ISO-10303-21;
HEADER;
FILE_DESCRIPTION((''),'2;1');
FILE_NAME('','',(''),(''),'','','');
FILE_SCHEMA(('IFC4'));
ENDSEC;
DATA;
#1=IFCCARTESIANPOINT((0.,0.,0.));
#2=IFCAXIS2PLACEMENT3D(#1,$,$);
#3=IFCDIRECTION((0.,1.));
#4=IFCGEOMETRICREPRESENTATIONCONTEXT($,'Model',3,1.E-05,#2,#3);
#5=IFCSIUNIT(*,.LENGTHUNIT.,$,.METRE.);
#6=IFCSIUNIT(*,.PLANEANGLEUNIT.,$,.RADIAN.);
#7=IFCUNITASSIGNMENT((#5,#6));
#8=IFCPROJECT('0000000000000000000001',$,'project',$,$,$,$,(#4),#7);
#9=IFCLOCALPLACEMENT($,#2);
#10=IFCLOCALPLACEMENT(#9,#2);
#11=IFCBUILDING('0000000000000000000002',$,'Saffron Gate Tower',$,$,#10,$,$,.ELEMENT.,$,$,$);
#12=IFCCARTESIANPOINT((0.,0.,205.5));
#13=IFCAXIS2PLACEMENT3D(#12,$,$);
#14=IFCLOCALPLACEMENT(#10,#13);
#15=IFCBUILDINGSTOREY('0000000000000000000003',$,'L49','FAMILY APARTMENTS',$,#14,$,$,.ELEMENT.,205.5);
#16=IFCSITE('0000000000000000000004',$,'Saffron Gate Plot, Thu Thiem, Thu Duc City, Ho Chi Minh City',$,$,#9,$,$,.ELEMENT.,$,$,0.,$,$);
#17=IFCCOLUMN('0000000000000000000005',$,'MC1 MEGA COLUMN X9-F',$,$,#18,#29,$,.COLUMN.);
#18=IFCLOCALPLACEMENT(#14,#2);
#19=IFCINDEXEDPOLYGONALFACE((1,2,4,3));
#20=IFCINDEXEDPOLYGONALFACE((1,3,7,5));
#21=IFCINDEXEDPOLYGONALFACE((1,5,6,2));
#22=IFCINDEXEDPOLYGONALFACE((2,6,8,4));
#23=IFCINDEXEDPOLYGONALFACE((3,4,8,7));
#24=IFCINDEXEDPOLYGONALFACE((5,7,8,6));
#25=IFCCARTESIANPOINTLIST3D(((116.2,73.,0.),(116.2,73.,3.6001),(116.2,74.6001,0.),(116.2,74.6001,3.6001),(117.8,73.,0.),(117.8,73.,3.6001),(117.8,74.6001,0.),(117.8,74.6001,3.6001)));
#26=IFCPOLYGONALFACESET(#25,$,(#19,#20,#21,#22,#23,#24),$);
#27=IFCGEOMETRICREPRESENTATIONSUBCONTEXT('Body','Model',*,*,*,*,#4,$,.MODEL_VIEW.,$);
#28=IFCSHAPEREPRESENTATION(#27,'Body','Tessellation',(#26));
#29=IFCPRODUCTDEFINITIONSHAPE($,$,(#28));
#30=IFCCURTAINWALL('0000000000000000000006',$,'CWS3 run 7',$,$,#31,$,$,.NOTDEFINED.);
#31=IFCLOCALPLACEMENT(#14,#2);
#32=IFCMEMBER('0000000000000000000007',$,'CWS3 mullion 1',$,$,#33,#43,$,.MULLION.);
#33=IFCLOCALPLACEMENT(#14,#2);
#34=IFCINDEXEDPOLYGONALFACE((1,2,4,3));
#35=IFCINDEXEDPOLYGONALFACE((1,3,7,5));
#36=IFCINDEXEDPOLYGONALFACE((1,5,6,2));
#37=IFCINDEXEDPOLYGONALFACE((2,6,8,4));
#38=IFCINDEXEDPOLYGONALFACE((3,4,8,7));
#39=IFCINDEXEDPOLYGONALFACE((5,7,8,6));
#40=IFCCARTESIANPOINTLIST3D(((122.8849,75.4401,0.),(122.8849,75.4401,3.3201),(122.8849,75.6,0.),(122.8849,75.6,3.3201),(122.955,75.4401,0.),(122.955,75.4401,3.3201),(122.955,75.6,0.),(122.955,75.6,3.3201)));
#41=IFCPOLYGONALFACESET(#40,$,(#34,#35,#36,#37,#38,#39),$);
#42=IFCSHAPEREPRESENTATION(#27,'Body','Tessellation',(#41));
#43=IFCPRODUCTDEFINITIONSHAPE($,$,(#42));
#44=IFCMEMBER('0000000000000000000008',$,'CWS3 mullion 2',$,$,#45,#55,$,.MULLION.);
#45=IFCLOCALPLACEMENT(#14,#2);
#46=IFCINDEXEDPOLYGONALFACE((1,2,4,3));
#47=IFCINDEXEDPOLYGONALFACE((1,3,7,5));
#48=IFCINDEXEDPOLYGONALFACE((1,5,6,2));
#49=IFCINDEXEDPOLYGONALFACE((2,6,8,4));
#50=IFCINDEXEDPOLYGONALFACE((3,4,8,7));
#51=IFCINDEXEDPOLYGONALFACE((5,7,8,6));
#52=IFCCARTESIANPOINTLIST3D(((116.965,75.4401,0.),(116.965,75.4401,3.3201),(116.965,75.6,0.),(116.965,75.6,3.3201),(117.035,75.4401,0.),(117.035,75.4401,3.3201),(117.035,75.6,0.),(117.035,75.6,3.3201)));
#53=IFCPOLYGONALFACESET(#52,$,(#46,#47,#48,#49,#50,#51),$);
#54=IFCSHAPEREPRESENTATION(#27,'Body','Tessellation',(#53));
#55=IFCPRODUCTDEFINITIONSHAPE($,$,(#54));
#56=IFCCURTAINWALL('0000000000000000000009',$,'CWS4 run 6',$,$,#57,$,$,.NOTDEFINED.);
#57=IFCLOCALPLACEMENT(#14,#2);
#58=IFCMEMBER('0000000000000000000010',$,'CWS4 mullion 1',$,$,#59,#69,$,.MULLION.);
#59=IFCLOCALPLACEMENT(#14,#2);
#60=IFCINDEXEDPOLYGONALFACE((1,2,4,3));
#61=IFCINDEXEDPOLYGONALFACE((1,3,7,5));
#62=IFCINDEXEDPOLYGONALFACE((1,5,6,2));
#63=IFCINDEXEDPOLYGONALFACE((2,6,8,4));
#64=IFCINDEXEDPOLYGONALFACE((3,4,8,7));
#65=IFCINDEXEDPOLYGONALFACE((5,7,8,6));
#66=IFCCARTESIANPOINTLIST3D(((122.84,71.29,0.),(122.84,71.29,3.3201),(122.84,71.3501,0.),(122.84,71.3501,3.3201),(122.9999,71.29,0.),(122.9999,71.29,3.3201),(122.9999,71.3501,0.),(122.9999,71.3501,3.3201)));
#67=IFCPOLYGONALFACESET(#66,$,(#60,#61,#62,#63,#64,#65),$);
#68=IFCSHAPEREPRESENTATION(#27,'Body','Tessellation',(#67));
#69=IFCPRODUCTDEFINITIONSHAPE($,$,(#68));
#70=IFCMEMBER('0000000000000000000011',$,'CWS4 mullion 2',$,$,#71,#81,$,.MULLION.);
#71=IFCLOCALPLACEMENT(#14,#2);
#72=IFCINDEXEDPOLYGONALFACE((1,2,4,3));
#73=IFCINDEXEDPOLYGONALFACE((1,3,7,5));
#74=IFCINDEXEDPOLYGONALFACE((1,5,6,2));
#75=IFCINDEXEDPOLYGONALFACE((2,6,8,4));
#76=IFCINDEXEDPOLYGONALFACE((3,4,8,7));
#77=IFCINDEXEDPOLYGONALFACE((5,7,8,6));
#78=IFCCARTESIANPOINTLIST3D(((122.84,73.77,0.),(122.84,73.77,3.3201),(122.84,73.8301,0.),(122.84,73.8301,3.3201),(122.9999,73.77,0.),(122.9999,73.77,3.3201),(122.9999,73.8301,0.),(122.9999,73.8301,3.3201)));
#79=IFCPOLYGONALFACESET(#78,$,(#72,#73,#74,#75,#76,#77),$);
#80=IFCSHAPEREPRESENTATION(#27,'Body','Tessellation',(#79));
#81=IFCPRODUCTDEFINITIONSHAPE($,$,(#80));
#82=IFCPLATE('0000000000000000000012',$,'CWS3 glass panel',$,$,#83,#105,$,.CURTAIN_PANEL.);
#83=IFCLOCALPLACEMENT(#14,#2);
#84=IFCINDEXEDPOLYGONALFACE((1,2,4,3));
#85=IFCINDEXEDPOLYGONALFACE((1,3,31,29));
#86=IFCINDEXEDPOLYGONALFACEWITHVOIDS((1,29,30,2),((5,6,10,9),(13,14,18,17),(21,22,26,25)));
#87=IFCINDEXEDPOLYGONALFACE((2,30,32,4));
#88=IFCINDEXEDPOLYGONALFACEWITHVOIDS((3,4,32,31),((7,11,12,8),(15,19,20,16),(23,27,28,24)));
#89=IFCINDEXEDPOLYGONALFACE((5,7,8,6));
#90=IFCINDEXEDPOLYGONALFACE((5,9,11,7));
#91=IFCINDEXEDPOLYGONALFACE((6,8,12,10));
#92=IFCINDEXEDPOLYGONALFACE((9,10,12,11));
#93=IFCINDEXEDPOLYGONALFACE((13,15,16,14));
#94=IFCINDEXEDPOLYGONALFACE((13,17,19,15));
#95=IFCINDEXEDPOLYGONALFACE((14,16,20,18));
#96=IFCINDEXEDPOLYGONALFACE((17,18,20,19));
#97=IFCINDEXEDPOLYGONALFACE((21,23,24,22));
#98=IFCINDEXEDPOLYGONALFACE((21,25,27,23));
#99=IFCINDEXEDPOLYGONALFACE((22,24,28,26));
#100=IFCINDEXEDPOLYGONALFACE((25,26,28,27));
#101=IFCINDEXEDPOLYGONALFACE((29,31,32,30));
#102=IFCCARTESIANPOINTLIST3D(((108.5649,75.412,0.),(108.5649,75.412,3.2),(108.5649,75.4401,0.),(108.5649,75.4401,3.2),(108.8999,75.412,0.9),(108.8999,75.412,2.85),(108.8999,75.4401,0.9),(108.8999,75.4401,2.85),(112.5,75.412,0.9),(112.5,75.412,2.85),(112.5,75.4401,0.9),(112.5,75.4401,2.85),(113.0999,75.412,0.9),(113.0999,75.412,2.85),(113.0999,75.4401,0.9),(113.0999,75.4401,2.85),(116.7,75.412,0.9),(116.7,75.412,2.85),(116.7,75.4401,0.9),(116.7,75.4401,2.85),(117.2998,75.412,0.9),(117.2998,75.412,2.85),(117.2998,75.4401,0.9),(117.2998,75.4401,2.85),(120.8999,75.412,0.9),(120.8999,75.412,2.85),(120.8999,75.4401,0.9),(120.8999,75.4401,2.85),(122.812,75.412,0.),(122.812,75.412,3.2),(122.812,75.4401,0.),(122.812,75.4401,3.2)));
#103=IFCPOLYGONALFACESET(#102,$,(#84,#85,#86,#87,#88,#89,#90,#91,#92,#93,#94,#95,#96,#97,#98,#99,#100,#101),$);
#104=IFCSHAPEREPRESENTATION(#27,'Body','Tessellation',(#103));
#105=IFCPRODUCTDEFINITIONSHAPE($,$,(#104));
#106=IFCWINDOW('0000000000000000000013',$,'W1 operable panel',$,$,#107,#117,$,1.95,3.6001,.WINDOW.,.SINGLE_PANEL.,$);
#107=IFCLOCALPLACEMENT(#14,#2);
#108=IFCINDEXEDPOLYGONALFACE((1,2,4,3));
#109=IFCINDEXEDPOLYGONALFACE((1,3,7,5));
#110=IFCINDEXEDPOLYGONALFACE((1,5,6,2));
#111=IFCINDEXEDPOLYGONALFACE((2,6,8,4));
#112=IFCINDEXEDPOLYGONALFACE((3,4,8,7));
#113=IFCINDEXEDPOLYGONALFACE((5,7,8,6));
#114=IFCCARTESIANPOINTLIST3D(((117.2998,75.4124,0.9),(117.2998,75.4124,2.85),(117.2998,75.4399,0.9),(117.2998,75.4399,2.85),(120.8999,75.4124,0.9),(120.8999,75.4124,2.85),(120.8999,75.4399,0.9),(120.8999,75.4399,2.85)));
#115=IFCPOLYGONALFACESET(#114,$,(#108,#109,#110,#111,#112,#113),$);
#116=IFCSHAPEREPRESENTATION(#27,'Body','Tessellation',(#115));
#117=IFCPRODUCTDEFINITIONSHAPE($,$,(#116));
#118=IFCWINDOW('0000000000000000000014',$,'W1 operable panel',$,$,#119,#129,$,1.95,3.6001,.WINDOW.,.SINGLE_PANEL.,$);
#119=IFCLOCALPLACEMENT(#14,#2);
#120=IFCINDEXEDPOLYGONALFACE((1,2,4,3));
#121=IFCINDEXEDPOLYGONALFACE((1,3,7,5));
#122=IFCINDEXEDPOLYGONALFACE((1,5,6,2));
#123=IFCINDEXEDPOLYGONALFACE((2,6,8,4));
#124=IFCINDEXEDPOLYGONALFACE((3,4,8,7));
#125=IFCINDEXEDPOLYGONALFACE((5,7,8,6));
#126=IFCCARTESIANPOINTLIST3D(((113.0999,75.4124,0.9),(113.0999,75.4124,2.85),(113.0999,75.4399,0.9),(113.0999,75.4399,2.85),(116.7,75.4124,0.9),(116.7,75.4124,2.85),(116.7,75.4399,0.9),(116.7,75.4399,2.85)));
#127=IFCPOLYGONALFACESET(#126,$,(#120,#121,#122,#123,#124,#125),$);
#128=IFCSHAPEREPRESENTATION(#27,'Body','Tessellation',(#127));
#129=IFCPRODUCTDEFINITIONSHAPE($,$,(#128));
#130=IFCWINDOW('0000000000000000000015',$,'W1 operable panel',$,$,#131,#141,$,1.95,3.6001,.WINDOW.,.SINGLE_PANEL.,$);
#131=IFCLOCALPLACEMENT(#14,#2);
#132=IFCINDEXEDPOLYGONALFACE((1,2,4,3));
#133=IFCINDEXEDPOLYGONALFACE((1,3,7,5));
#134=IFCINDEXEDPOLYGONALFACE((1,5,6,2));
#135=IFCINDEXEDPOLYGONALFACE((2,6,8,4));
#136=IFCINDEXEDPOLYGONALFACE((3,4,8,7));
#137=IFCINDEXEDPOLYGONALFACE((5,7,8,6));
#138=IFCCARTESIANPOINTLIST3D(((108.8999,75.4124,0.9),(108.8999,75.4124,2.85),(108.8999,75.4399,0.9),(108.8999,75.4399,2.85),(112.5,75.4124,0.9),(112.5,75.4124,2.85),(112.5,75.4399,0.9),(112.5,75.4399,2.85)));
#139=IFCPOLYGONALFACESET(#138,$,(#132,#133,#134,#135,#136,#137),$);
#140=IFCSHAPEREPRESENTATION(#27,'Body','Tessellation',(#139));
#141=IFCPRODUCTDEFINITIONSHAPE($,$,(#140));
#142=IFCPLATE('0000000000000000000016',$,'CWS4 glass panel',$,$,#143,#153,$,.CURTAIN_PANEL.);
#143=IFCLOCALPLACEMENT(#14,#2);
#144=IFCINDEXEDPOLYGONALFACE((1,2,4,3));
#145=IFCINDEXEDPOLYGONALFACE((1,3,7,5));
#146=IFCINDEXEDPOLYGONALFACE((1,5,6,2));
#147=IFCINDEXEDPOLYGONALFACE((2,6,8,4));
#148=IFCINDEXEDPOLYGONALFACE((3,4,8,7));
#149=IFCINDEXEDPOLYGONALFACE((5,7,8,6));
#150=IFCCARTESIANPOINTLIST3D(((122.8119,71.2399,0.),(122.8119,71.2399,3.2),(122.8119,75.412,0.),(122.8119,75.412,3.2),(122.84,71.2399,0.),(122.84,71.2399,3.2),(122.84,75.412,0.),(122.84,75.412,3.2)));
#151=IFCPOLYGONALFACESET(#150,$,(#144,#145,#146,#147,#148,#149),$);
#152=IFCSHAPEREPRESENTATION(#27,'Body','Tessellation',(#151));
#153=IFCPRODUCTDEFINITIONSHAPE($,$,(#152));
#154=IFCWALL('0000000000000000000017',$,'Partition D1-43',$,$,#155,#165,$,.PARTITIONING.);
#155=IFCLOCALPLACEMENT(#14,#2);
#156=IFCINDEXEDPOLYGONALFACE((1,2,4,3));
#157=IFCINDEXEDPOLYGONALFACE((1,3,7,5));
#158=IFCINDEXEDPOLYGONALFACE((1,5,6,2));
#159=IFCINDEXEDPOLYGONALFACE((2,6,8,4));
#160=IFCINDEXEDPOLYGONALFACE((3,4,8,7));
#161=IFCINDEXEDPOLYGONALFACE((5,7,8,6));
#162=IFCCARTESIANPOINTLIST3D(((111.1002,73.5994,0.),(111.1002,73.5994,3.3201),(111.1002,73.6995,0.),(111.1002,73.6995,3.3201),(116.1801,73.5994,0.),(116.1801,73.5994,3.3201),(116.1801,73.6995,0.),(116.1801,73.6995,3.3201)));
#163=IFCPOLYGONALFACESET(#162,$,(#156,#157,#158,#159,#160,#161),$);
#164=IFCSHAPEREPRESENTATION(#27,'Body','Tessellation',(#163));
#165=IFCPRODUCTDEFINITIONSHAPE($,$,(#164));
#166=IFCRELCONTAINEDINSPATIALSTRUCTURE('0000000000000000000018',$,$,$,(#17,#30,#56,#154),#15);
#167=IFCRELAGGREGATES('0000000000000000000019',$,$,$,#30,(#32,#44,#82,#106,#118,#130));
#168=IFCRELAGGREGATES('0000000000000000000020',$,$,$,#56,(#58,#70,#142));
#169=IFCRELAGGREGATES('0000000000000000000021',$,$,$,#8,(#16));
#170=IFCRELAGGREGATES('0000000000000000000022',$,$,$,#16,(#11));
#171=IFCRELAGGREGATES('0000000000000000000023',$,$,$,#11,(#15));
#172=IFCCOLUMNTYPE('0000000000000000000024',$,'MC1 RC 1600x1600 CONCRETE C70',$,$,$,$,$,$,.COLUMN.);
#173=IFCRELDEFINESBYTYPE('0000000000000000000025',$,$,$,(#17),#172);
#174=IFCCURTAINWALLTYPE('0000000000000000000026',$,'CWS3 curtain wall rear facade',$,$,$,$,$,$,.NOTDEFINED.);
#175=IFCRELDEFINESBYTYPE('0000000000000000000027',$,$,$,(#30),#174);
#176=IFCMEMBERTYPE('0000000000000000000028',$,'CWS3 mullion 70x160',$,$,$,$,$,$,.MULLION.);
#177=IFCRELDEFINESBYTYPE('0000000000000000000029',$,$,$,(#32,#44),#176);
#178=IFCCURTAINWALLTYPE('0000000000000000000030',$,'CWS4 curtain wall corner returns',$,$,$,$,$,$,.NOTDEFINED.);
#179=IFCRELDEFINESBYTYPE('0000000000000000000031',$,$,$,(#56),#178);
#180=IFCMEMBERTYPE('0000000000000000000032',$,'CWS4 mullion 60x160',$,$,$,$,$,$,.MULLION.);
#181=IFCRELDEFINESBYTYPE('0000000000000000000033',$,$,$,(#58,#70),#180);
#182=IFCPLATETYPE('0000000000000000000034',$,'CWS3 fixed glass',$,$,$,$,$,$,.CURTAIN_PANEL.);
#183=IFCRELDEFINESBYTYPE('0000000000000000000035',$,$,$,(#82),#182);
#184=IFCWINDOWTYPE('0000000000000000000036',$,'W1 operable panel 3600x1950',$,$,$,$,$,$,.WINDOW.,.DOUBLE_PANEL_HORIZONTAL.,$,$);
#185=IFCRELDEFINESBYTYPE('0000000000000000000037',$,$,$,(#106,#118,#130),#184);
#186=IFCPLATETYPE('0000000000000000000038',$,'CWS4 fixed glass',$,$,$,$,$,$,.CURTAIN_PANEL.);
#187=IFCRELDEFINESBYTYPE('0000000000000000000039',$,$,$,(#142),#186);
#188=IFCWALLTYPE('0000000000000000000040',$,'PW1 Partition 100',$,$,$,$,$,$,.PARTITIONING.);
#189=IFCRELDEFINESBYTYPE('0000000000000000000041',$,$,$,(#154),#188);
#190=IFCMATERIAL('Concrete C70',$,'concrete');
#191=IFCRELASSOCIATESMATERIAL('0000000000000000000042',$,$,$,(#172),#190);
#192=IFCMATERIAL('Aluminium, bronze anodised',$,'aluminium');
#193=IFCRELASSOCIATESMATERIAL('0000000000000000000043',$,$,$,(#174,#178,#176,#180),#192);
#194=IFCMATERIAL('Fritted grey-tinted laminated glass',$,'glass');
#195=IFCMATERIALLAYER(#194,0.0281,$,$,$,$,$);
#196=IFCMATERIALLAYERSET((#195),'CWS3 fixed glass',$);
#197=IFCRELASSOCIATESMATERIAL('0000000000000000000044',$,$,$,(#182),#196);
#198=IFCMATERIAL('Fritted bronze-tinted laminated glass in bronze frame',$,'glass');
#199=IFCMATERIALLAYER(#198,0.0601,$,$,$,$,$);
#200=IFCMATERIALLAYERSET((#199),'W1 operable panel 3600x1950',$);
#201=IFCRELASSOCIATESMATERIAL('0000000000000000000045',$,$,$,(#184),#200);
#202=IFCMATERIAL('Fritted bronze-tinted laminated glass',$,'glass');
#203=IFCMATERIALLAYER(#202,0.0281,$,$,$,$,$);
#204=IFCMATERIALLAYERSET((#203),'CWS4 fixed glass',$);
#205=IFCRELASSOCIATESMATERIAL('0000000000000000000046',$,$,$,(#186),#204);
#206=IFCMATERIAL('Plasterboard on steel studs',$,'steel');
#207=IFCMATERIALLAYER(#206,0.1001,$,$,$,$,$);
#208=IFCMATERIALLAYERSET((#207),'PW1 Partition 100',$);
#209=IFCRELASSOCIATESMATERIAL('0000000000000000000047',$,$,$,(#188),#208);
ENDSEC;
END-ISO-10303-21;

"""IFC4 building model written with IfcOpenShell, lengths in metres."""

from ifc_helpers import new_model, si_unit, direction, frame, frame_2d, origin, origin_2d, place, context, subcontext, project, spatial, rectangle, extrude, material, layer, layer_set, material_profile, profile_set, type_object, element, fill, aggregate, save


model = new_model("IFC4")

# Units and contexts
model_context = context("Model", 3, precision=1e-05, world=origin(), true_north=direction((0.0, 1.0)))
body_context = subcontext(model_context, "Body", "Model", "MODEL_VIEW")
ifc_project = project(units=[si_unit("LENGTHUNIT", "METRE"), si_unit("PLANEANGLEUNIT", "RADIAN")], contexts=[model_context])

# Site, building, storey
site_placement = place(None, origin())
site = spatial("IfcSite", under=ifc_project, at=site_placement, Name="Saffron Gate Plot, Thu Thiem, Thu Duc City, Ho Chi Minh City", CompositionType="ELEMENT", RefElevation=0.0)
building_placement = place(site_placement, origin())
building = spatial("IfcBuilding", under=site, at=building_placement, Name="Saffron Gate Tower", CompositionType="ELEMENT")
storey_placement = place(building_placement, frame((0.0, 0.0, 205.5)))
storey = spatial("IfcBuildingStorey", under=building, at=storey_placement, Name="L49", Description="FAMILY APARTMENTS", CompositionType="ELEMENT", Elevation=205.5)

# Column
ifc_material_1 = material(Name="Concrete C70", Category="concrete")
ifc_material_profile_1 = material_profile(ifc_material_1, rectangle(XDim=1.6001, YDim=1.6001, at=origin_2d()))
ifc_profile_set_1 = profile_set([ifc_material_profile_1], Name="Concrete C70")
column_type = type_object("IfcColumnType", Name="MC1 RC 1600x1600 CONCRETE C70", PredefinedType="COLUMN", material=ifc_profile_set_1)
column_placement = place(storey_placement, frame((117.0, 73.8, 0.0), z_axis=(0.0, 0.0, 1.0), x_axis=(1.0, 0.0, 0.0)))
element("IfcColumn", 1, at=column_placement, inside=storey, type_object=column_type, Name="MC1 MEGA COLUMN X9-F", PredefinedType="COLUMN", context=body_context, shape_type="SweptSolid", body=[
    extrude(rectangle(XDim=1.6001, YDim=1.6001, at=origin_2d()), origin(), (0.0, 0.0, 1.0), 3.6001),
])

# Curtain walls, members
ifc_material_2 = material(Name="Aluminium, bronze anodised", Category="aluminium")
curtain_wall_type_1 = type_object("IfcCurtainWallType", Name="CWS3 curtain wall rear facade", PredefinedType="NOTDEFINED", material=ifc_material_2)
curtain_wall_1_placement = place(storey_placement, origin())
curtain_wall_1 = element("IfcCurtainWall", 2, at=curtain_wall_1_placement, inside=storey, type_object=curtain_wall_type_1, Name="CWS3 run 7", PredefinedType="NOTDEFINED")
ifc_material_profile_2 = material_profile(ifc_material_2, rectangle(XDim=0.1599, YDim=0.0701, at=origin_2d()))
ifc_profile_set_2 = profile_set([ifc_material_profile_2], Name="Aluminium, bronze anodised")
member_type_1 = type_object("IfcMemberType", Name="CWS3 mullion 70x160", PredefinedType="MULLION", material=ifc_profile_set_2)
member_1_placement = place(storey_placement, frame((122.9199, 75.52, 0.0), z_axis=(0.0, 0.0, 1.0), x_axis=(0.0, -1.0, 0.0)))
member_1 = element("IfcMember", 3, at=member_1_placement, type_object=member_type_1, Name="CWS3 mullion 1", PredefinedType="MULLION", context=body_context, shape_type="SweptSolid", body=[
    extrude(rectangle(XDim=0.1599, YDim=0.0701, at=origin_2d()), origin(), (0.0, 0.0, 1.0), 3.3201),
])
member_2_placement = place(storey_placement, frame((117.0, 75.52, 0.0), z_axis=(0.0, 0.0, 1.0), x_axis=(0.0, -1.0, 0.0)))
member_2 = element("IfcMember", 4, at=member_2_placement, type_object=member_type_1, Name="CWS3 mullion 2", PredefinedType="MULLION", context=body_context, shape_type="SweptSolid", body=[
    extrude(rectangle(XDim=0.1599, YDim=0.0701, at=origin_2d()), origin(), (0.0, 0.0, 1.0), 3.3201),
])
curtain_wall_type_2 = type_object("IfcCurtainWallType", Name="CWS4 curtain wall corner returns", PredefinedType="NOTDEFINED", material=ifc_material_2)
curtain_wall_2_placement = place(storey_placement, origin())
curtain_wall_2 = element("IfcCurtainWall", 5, at=curtain_wall_2_placement, inside=storey, type_object=curtain_wall_type_2, Name="CWS4 run 6", PredefinedType="NOTDEFINED")
ifc_material_profile_3 = material_profile(ifc_material_2, rectangle(XDim=0.1599, YDim=0.0601, at=origin_2d()))
ifc_profile_set_3 = profile_set([ifc_material_profile_3], Name="Aluminium, bronze anodised")
member_type_2 = type_object("IfcMemberType", Name="CWS4 mullion 60x160", PredefinedType="MULLION", material=ifc_profile_set_3)
member_3_placement = place(storey_placement, frame((122.9199, 71.3201, 0.0), z_axis=(0.0, 0.0, 1.0), x_axis=(-1.0, 0.0, 0.0)))
member_3 = element("IfcMember", 6, at=member_3_placement, type_object=member_type_2, Name="CWS4 mullion 1", PredefinedType="MULLION", context=body_context, shape_type="SweptSolid", body=[
    extrude(rectangle(XDim=0.1599, YDim=0.0601, at=origin_2d()), origin(), (0.0, 0.0, 1.0), 3.3201),
])
member_4_placement = place(storey_placement, frame((122.9199, 73.8, 0.0), z_axis=(0.0, 0.0, 1.0), x_axis=(-1.0, 0.0, 0.0)))
member_4 = element("IfcMember", 7, at=member_4_placement, type_object=member_type_2, Name="CWS4 mullion 2", PredefinedType="MULLION", context=body_context, shape_type="SweptSolid", body=[
    extrude(rectangle(XDim=0.1599, YDim=0.0601, at=origin_2d()), origin(), (0.0, 0.0, 1.0), 3.3201),
])

# Plate, openings, windows
ifc_material_3 = material(Name="Fritted grey-tinted laminated glass", Category="glass")
ifc_layer_1 = layer(ifc_material_3, 0.0281)
ifc_layer_set_1 = layer_set([ifc_layer_1], Name="CWS3 fixed glass")
plate_type_1 = type_object("IfcPlateType", Name="CWS3 fixed glass", PredefinedType="CURTAIN_PANEL", material=ifc_layer_set_1)
plate_1_placement = place(storey_placement, frame((122.812, 75.426, 0.0), z_axis=(0.0, 0.0, 1.0), x_axis=(-1.0, 0.0, 0.0)))
plate_1 = element("IfcPlate", 8, at=plate_1_placement, type_object=plate_type_1, Name="CWS3 glass panel", PredefinedType="CURTAIN_PANEL", context=body_context, shape_type="SweptSolid", body=[
    extrude(rectangle(XDim=14.2471, YDim=0.0281, at=frame_2d((7.1235, 0.0))), origin(), (0.0, 0.0, 1.0), 3.2),
])
opening_1_placement = place(plate_1_placement, frame((1.9121, 0.0, 0.8999)))
opening_1 = element("IfcOpeningElement", 9, at=opening_1_placement, cuts=plate_1, PredefinedType="OPENING", context=body_context, shape_type="SweptSolid", body=[
    extrude(rectangle(XDim=3.6001, YDim=1.95, at=frame_2d((1.8, 0.9751))), frame((0.0, 0.0239, 0.0), z_axis=(0.0, -1.0, 0.0), x_axis=(1.0, 0.0, 0.0)), (0.0, 0.0, 1.0), 0.0481),
])
opening_2_placement = place(plate_1_placement, frame((6.1121, 0.0, 0.8999)))
opening_2 = element("IfcOpeningElement", 10, at=opening_2_placement, cuts=plate_1, PredefinedType="OPENING", context=body_context, shape_type="SweptSolid", body=[
    extrude(rectangle(XDim=3.6001, YDim=1.95, at=frame_2d((1.8, 0.9751))), frame((0.0, 0.0239, 0.0), z_axis=(0.0, -1.0, 0.0), x_axis=(1.0, 0.0, 0.0)), (0.0, 0.0, 1.0), 0.0481),
])
opening_3_placement = place(plate_1_placement, frame((10.312, 0.0, 0.8999)))
opening_3 = element("IfcOpeningElement", 11, at=opening_3_placement, cuts=plate_1, PredefinedType="OPENING", context=body_context, shape_type="SweptSolid", body=[
    extrude(rectangle(XDim=3.6001, YDim=1.95, at=frame_2d((1.8, 0.9751))), frame((0.0, 0.0239, 0.0), z_axis=(0.0, -1.0, 0.0), x_axis=(1.0, 0.0, 0.0)), (0.0, 0.0, 1.0), 0.0481),
])
ifc_material_4 = material(Name="Fritted bronze-tinted laminated glass in bronze frame", Category="glass")
ifc_layer_2 = layer(ifc_material_4, 0.0601)
ifc_layer_set_2 = layer_set([ifc_layer_2], Name="W1 operable panel 3600x1950")
window_type = type_object("IfcWindowType", Name="W1 operable panel 3600x1950", PartitioningType="DOUBLE_PANEL_HORIZONTAL", PredefinedType="WINDOW", material=ifc_layer_set_2)
window_1_placement = place(opening_1_placement, origin())
window_1 = element("IfcWindow", 12, at=window_1_placement, type_object=window_type, Name="W1 operable panel", OverallHeight=1.95, OverallWidth=3.6001, PartitioningType="SINGLE_PANEL", PredefinedType="WINDOW", context=body_context, shape_type="SweptSolid", body=[
    extrude(rectangle(XDim=3.6001, YDim=1.95, at=frame_2d((1.8, 0.9751))), frame((0.0, 0.0137, 0.0), z_axis=(0.0, -1.0, 0.0), x_axis=(1.0, 0.0, 0.0)), (0.0, 0.0, 1.0), 0.0276),
])
fill(opening_1, window_1)
window_2_placement = place(opening_2_placement, origin())
window_2 = element("IfcWindow", 13, at=window_2_placement, type_object=window_type, Name="W1 operable panel", OverallHeight=1.95, OverallWidth=3.6001, PartitioningType="SINGLE_PANEL", PredefinedType="WINDOW", context=body_context, shape_type="SweptSolid", body=[
    extrude(rectangle(XDim=3.6001, YDim=1.95, at=frame_2d((1.8, 0.9751))), frame((0.0, 0.0137, 0.0), z_axis=(0.0, -1.0, 0.0), x_axis=(1.0, 0.0, 0.0)), (0.0, 0.0, 1.0), 0.0276),
])
fill(opening_2, window_2)
window_3_placement = place(opening_3_placement, origin())
window_3 = element("IfcWindow", 14, at=window_3_placement, type_object=window_type, Name="W1 operable panel", OverallHeight=1.95, OverallWidth=3.6001, PartitioningType="SINGLE_PANEL", PredefinedType="WINDOW", context=body_context, shape_type="SweptSolid", body=[
    extrude(rectangle(XDim=3.6001, YDim=1.95, at=frame_2d((1.8, 0.9751))), frame((0.0, 0.0137, 0.0), z_axis=(0.0, -1.0, 0.0), x_axis=(1.0, 0.0, 0.0)), (0.0, 0.0, 1.0), 0.0276),
])
fill(opening_3, window_3)
aggregate(curtain_wall_1, [member_1, member_2, plate_1, window_1, window_2, window_3])

# Plate
ifc_material_5 = material(Name="Fritted bronze-tinted laminated glass", Category="glass")
ifc_layer_3 = layer(ifc_material_5, 0.0281)
ifc_layer_set_3 = layer_set([ifc_layer_3], Name="CWS4 fixed glass")
plate_type_2 = type_object("IfcPlateType", Name="CWS4 fixed glass", PredefinedType="CURTAIN_PANEL", material=ifc_layer_set_3)
plate_2_placement = place(storey_placement, frame((122.8259, 71.24, 0.0), z_axis=(0.0, 0.0, 1.0), x_axis=(0.0, 1.0, 0.0)))
plate_2 = element("IfcPlate", 15, at=plate_2_placement, type_object=plate_type_2, Name="CWS4 glass panel", PredefinedType="CURTAIN_PANEL", context=body_context, shape_type="SweptSolid", body=[
    extrude(rectangle(XDim=4.1721, YDim=0.0281, at=frame_2d((2.0859, 0.0))), origin(), (0.0, 0.0, 1.0), 3.2),
])
aggregate(curtain_wall_2, [member_3, member_4, plate_2])

# Wall
ifc_material_6 = material(Name="Plasterboard on steel studs", Category="steel")
ifc_layer_4 = layer(ifc_material_6, 0.1001)
ifc_layer_set_4 = layer_set([ifc_layer_4], Name="PW1 Partition 100")
wall_type_1 = type_object("IfcWallType", Name="PW1 Partition 100", PredefinedType="PARTITIONING", material=ifc_layer_set_4)
wall_1_placement = place(storey_placement, frame((111.1001, 73.6494, 0.0), z_axis=(0.0, 0.0, 1.0), x_axis=(1.0, 0.0, 0.0)))
element("IfcWall", 16, at=wall_1_placement, inside=storey, type_object=wall_type_1, Name="Partition D1-43", PredefinedType="PARTITIONING", context=body_context, shape_type="SweptSolid", body=[
    extrude(rectangle(XDim=5.0798, YDim=0.1001, at=frame_2d((2.54, 0.0))), origin(), (0.0, 0.0, 1.0), 3.3201),
])

save(model, "model.ifc")
